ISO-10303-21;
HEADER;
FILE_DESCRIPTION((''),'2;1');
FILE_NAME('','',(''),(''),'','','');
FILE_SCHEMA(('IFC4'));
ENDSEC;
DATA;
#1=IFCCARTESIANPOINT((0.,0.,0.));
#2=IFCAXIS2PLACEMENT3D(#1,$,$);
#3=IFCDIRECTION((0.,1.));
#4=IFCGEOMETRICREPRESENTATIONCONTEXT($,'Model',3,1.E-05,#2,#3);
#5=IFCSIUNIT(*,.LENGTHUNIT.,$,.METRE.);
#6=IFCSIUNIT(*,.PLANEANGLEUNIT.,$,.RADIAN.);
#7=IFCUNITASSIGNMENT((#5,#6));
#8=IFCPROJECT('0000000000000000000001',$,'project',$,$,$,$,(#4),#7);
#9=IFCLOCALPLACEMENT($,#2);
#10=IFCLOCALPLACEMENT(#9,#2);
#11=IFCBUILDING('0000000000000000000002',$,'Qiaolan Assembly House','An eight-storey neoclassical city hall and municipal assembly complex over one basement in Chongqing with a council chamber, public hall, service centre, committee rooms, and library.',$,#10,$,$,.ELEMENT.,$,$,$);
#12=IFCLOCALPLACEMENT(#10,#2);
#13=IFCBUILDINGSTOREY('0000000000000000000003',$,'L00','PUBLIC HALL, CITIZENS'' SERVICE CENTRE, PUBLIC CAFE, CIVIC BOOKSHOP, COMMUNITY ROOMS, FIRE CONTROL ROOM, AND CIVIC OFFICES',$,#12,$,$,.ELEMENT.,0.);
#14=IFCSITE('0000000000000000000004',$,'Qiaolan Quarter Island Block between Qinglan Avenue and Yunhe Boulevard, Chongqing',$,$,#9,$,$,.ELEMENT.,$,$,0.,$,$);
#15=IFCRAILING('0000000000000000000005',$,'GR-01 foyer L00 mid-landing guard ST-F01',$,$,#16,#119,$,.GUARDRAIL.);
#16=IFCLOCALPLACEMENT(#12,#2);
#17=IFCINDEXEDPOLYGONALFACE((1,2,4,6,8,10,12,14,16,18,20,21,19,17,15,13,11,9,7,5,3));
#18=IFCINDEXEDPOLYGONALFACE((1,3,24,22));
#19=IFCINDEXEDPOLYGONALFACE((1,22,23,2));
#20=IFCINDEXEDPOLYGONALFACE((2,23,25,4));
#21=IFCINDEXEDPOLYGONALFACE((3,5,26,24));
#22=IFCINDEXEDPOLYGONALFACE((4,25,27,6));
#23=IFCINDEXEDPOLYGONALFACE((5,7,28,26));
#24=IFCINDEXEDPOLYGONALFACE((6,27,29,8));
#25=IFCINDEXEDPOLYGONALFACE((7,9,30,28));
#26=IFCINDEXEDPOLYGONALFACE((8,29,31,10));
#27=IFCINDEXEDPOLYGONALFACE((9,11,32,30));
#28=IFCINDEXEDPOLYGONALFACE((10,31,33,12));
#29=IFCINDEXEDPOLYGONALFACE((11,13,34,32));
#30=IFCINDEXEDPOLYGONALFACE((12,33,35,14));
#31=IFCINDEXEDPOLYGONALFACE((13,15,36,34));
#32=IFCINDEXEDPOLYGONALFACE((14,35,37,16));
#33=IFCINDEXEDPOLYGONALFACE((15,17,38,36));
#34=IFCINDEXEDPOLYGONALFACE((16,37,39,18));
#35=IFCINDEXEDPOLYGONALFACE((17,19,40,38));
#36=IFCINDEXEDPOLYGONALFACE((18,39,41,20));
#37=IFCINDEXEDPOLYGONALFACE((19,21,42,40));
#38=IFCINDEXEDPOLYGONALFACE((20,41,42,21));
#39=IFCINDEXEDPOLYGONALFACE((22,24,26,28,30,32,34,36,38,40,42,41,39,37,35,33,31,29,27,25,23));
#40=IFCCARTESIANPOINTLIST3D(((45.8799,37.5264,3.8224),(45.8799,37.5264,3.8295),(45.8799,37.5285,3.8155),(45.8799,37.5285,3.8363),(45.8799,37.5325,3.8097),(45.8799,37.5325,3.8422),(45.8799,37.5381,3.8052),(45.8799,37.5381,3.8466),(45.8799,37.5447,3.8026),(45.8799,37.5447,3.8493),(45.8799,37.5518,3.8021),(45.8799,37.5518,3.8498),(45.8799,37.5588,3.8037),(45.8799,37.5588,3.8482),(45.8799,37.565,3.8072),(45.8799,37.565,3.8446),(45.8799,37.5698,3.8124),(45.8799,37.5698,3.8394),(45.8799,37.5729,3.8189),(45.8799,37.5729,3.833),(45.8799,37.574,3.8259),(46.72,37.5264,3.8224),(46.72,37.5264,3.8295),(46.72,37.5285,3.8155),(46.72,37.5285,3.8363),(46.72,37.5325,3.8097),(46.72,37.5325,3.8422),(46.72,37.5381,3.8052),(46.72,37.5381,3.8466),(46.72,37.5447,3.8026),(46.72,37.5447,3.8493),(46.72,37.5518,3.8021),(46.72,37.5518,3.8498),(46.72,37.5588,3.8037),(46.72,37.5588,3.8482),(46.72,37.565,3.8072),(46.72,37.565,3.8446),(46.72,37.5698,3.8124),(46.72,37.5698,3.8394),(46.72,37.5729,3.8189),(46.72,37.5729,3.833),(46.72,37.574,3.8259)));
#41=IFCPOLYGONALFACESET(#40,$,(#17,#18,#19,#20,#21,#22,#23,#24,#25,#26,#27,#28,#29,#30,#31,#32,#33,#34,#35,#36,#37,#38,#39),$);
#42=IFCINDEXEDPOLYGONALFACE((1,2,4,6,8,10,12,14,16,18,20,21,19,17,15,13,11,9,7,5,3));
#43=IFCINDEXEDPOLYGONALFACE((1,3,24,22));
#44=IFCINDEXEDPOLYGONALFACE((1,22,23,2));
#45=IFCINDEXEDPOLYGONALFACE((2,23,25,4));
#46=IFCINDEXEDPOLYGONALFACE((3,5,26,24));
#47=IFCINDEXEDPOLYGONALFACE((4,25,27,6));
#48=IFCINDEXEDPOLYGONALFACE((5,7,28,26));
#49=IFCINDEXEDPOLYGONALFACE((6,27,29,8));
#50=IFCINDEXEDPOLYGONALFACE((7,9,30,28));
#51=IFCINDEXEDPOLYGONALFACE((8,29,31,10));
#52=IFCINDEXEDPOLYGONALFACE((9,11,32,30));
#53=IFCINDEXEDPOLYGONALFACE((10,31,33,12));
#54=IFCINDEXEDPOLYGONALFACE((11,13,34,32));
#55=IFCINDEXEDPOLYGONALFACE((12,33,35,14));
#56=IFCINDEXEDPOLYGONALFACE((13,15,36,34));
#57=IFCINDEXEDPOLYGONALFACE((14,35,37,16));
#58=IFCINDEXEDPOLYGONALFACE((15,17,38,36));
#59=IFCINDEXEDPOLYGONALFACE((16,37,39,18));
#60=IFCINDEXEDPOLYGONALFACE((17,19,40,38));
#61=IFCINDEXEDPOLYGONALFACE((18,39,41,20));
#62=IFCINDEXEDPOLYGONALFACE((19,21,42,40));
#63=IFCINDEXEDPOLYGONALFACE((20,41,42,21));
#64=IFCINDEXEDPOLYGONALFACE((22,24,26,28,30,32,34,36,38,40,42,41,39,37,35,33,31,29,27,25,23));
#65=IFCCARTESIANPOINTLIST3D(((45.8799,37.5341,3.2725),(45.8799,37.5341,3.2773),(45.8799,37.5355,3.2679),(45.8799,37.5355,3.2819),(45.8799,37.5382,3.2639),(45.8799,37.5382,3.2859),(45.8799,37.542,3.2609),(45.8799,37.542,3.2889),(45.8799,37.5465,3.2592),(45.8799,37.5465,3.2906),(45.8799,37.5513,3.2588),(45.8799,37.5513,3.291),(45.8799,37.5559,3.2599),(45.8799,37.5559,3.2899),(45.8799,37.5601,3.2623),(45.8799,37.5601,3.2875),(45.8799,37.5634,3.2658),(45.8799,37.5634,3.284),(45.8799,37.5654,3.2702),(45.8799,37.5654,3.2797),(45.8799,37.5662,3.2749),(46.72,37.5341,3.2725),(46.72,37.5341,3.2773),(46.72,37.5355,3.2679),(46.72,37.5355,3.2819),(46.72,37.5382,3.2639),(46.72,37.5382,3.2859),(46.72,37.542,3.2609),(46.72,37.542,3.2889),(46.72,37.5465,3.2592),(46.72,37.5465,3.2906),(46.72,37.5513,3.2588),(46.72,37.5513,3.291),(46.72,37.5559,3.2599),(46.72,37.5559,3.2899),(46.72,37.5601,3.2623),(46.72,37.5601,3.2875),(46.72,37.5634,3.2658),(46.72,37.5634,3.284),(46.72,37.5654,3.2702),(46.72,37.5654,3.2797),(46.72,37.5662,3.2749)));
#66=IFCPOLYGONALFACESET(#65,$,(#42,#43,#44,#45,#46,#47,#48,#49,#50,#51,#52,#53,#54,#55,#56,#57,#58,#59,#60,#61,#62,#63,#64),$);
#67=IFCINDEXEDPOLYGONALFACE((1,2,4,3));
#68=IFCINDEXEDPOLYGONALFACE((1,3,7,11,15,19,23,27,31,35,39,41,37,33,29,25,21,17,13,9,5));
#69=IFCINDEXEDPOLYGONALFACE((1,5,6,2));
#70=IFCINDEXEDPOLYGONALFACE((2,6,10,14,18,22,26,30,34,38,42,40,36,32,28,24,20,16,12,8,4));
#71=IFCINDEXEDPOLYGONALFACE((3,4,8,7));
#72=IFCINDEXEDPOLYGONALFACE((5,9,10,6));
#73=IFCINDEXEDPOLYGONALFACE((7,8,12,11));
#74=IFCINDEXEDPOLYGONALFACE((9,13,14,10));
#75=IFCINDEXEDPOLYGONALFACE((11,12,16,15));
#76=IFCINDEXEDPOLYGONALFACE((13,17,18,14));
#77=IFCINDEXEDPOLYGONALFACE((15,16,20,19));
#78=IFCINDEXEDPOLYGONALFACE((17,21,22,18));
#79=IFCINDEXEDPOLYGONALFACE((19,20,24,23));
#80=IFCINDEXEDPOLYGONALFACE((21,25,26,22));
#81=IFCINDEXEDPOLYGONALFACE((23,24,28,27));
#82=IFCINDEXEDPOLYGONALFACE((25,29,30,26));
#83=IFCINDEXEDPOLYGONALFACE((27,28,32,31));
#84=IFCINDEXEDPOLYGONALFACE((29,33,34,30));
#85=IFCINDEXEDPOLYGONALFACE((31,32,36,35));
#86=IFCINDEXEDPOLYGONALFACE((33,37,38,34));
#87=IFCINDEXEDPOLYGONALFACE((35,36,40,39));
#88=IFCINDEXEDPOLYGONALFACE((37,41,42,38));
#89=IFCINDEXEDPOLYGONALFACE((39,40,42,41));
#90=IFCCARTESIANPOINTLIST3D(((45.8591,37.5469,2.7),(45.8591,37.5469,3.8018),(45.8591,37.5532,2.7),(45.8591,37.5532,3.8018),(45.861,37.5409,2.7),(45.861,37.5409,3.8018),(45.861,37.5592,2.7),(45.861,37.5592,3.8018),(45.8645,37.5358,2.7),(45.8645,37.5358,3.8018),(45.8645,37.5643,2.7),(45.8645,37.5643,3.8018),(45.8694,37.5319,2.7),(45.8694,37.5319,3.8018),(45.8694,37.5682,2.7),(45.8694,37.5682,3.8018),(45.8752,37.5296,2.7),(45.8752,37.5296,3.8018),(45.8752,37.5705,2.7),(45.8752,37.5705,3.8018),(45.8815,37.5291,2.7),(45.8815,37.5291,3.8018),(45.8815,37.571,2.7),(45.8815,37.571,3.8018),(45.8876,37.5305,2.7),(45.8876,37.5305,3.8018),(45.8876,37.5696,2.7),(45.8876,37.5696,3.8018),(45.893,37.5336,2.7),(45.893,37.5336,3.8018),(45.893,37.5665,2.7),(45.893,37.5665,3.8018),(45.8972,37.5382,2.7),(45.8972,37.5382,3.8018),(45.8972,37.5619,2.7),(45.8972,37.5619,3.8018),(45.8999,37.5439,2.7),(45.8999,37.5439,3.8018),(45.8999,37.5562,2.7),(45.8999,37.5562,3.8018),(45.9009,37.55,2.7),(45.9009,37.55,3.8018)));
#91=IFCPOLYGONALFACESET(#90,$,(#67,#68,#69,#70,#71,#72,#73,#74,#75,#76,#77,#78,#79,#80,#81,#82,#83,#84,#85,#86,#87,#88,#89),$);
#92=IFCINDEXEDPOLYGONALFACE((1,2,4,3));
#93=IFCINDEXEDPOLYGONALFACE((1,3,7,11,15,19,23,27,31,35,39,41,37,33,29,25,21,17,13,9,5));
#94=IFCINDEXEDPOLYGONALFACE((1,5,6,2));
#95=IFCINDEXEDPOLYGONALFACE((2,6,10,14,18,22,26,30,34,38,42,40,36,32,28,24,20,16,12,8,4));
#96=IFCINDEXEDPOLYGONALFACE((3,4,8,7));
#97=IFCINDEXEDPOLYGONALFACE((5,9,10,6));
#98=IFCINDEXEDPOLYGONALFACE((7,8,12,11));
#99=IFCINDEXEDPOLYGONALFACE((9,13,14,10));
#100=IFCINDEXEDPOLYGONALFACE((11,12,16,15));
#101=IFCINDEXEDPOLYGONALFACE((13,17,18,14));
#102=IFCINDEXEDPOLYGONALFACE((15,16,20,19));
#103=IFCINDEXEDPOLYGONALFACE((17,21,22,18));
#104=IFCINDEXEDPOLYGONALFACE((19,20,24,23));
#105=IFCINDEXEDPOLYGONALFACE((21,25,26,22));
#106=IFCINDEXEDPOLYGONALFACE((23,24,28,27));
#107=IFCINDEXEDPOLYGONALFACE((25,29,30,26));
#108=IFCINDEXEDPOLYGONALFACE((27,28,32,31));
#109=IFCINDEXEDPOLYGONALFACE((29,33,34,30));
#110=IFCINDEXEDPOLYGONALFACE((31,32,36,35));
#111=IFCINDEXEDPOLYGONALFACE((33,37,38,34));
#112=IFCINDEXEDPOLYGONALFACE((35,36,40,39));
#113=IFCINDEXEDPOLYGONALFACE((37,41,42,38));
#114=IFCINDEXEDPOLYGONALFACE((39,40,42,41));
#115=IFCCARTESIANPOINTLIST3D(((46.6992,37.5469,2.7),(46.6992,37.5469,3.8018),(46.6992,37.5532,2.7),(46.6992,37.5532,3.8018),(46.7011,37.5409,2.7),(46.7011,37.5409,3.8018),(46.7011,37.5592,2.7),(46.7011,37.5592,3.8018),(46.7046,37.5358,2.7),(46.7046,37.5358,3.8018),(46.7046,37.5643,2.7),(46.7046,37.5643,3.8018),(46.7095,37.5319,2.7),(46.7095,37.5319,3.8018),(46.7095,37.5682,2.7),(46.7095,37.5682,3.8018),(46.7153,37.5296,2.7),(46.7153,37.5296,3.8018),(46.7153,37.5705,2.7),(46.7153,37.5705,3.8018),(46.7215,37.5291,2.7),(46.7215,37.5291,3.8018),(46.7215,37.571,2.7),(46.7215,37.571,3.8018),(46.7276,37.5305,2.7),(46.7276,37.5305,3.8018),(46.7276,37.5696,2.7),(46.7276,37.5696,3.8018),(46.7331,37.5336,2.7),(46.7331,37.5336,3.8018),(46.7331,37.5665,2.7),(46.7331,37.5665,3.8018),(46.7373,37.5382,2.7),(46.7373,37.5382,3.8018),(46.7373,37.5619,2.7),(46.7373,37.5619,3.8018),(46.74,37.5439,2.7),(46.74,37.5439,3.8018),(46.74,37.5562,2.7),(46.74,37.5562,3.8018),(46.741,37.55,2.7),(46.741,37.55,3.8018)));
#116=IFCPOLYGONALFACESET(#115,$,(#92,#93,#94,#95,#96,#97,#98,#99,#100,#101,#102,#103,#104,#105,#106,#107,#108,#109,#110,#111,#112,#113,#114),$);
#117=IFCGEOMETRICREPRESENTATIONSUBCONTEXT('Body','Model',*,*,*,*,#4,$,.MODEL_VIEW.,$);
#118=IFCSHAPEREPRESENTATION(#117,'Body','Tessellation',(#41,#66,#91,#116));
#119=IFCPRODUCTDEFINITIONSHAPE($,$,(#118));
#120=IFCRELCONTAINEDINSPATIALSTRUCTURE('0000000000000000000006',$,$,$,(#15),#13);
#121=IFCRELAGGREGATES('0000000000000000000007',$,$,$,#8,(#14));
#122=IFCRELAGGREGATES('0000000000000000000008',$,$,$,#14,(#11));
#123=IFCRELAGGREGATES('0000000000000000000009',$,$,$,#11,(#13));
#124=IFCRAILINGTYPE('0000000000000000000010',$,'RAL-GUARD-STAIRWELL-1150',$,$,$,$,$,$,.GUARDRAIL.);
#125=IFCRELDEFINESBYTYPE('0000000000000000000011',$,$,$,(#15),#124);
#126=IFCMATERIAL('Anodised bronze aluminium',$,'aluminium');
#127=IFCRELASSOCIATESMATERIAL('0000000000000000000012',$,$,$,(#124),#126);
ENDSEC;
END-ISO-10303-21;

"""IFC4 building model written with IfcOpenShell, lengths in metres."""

from ifc_helpers import new_model, si_unit, direction, frame, origin, origin_2d, place, context, subcontext, project, spatial, circle, extrude, material, type_object, element, save


model = new_model("IFC4")

# Units and contexts
model_context = context("Model", 3, precision=1e-05, world=origin(), true_north=direction((0.0, 1.0)))
body_context = subcontext(model_context, "Body", "Model", "MODEL_VIEW")
ifc_project = project(units=[si_unit("LENGTHUNIT", "METRE"), si_unit("PLANEANGLEUNIT", "RADIAN")], contexts=[model_context])

# Site, building, storey
site_placement = place(None, origin())
site = spatial("IfcSite", under=ifc_project, at=site_placement, Name="Qiaolan Quarter Island Block between Qinglan Avenue and Yunhe Boulevard, Chongqing", CompositionType="ELEMENT", RefElevation=0.0)
building_placement = place(site_placement, origin())
building = spatial("IfcBuilding", under=site, at=building_placement, Name="Qiaolan Assembly House", Description="An eight-storey neoclassical city hall and municipal assembly complex over one basement in Chongqing with a council chamber, public hall, service centre, committee rooms, and library.", CompositionType="ELEMENT")
storey_placement = place(building_placement, origin())
storey = spatial("IfcBuildingStorey", under=building, at=storey_placement, Name="L00", Description="PUBLIC HALL, CITIZENS' SERVICE CENTRE, PUBLIC CAFE, CIVIC BOOKSHOP, COMMUNITY ROOMS, FIRE CONTROL ROOM, AND CIVIC OFFICES", CompositionType="ELEMENT", Elevation=0.0)

# Shared definitions
ifc_material_1 = material(Name="Anodised bronze aluminium", Category="aluminium")

# Railing
railing_type_1 = type_object("IfcRailingType", Name="RAL-GUARD-STAIRWELL-1150", PredefinedType="GUARDRAIL", material=ifc_material_1)
railing_1_placement = place(storey_placement, frame((45.8799, 37.55, 2.7)))
element("IfcRailing", 1, at=railing_1_placement, inside=storey, type_object=railing_type_1, Name="GR-01 foyer L00 mid-landing guard ST-F01", PredefinedType="GUARDRAIL", context=body_context, shape_type="SweptSolid", body=[
    extrude(circle(Radius=0.0239, at=origin_2d()), frame((0.0, 0.0, 1.126), z_axis=(1.0, 0.0, 0.0), x_axis=(0.0, 1.0, 0.0)), (0.0, 0.0, 1.0), 0.8401),
    extrude(circle(Radius=0.0161, at=origin_2d()), frame((0.0, 0.0, 0.575), z_axis=(1.0, 0.0, 0.0), x_axis=(0.0, 1.0, 0.0)), (0.0, 0.0, 1.0), 0.8401),
    extrude(circle(Radius=0.021, at=origin_2d()), origin(), (0.0, 0.0, 1.0), 1.1018),
    extrude(circle(Radius=0.021, at=origin_2d()), frame((0.8401, 0.0, 0.0)), (0.0, 0.0, 1.0), 1.1018),
])

save(model, "model.ifc")
